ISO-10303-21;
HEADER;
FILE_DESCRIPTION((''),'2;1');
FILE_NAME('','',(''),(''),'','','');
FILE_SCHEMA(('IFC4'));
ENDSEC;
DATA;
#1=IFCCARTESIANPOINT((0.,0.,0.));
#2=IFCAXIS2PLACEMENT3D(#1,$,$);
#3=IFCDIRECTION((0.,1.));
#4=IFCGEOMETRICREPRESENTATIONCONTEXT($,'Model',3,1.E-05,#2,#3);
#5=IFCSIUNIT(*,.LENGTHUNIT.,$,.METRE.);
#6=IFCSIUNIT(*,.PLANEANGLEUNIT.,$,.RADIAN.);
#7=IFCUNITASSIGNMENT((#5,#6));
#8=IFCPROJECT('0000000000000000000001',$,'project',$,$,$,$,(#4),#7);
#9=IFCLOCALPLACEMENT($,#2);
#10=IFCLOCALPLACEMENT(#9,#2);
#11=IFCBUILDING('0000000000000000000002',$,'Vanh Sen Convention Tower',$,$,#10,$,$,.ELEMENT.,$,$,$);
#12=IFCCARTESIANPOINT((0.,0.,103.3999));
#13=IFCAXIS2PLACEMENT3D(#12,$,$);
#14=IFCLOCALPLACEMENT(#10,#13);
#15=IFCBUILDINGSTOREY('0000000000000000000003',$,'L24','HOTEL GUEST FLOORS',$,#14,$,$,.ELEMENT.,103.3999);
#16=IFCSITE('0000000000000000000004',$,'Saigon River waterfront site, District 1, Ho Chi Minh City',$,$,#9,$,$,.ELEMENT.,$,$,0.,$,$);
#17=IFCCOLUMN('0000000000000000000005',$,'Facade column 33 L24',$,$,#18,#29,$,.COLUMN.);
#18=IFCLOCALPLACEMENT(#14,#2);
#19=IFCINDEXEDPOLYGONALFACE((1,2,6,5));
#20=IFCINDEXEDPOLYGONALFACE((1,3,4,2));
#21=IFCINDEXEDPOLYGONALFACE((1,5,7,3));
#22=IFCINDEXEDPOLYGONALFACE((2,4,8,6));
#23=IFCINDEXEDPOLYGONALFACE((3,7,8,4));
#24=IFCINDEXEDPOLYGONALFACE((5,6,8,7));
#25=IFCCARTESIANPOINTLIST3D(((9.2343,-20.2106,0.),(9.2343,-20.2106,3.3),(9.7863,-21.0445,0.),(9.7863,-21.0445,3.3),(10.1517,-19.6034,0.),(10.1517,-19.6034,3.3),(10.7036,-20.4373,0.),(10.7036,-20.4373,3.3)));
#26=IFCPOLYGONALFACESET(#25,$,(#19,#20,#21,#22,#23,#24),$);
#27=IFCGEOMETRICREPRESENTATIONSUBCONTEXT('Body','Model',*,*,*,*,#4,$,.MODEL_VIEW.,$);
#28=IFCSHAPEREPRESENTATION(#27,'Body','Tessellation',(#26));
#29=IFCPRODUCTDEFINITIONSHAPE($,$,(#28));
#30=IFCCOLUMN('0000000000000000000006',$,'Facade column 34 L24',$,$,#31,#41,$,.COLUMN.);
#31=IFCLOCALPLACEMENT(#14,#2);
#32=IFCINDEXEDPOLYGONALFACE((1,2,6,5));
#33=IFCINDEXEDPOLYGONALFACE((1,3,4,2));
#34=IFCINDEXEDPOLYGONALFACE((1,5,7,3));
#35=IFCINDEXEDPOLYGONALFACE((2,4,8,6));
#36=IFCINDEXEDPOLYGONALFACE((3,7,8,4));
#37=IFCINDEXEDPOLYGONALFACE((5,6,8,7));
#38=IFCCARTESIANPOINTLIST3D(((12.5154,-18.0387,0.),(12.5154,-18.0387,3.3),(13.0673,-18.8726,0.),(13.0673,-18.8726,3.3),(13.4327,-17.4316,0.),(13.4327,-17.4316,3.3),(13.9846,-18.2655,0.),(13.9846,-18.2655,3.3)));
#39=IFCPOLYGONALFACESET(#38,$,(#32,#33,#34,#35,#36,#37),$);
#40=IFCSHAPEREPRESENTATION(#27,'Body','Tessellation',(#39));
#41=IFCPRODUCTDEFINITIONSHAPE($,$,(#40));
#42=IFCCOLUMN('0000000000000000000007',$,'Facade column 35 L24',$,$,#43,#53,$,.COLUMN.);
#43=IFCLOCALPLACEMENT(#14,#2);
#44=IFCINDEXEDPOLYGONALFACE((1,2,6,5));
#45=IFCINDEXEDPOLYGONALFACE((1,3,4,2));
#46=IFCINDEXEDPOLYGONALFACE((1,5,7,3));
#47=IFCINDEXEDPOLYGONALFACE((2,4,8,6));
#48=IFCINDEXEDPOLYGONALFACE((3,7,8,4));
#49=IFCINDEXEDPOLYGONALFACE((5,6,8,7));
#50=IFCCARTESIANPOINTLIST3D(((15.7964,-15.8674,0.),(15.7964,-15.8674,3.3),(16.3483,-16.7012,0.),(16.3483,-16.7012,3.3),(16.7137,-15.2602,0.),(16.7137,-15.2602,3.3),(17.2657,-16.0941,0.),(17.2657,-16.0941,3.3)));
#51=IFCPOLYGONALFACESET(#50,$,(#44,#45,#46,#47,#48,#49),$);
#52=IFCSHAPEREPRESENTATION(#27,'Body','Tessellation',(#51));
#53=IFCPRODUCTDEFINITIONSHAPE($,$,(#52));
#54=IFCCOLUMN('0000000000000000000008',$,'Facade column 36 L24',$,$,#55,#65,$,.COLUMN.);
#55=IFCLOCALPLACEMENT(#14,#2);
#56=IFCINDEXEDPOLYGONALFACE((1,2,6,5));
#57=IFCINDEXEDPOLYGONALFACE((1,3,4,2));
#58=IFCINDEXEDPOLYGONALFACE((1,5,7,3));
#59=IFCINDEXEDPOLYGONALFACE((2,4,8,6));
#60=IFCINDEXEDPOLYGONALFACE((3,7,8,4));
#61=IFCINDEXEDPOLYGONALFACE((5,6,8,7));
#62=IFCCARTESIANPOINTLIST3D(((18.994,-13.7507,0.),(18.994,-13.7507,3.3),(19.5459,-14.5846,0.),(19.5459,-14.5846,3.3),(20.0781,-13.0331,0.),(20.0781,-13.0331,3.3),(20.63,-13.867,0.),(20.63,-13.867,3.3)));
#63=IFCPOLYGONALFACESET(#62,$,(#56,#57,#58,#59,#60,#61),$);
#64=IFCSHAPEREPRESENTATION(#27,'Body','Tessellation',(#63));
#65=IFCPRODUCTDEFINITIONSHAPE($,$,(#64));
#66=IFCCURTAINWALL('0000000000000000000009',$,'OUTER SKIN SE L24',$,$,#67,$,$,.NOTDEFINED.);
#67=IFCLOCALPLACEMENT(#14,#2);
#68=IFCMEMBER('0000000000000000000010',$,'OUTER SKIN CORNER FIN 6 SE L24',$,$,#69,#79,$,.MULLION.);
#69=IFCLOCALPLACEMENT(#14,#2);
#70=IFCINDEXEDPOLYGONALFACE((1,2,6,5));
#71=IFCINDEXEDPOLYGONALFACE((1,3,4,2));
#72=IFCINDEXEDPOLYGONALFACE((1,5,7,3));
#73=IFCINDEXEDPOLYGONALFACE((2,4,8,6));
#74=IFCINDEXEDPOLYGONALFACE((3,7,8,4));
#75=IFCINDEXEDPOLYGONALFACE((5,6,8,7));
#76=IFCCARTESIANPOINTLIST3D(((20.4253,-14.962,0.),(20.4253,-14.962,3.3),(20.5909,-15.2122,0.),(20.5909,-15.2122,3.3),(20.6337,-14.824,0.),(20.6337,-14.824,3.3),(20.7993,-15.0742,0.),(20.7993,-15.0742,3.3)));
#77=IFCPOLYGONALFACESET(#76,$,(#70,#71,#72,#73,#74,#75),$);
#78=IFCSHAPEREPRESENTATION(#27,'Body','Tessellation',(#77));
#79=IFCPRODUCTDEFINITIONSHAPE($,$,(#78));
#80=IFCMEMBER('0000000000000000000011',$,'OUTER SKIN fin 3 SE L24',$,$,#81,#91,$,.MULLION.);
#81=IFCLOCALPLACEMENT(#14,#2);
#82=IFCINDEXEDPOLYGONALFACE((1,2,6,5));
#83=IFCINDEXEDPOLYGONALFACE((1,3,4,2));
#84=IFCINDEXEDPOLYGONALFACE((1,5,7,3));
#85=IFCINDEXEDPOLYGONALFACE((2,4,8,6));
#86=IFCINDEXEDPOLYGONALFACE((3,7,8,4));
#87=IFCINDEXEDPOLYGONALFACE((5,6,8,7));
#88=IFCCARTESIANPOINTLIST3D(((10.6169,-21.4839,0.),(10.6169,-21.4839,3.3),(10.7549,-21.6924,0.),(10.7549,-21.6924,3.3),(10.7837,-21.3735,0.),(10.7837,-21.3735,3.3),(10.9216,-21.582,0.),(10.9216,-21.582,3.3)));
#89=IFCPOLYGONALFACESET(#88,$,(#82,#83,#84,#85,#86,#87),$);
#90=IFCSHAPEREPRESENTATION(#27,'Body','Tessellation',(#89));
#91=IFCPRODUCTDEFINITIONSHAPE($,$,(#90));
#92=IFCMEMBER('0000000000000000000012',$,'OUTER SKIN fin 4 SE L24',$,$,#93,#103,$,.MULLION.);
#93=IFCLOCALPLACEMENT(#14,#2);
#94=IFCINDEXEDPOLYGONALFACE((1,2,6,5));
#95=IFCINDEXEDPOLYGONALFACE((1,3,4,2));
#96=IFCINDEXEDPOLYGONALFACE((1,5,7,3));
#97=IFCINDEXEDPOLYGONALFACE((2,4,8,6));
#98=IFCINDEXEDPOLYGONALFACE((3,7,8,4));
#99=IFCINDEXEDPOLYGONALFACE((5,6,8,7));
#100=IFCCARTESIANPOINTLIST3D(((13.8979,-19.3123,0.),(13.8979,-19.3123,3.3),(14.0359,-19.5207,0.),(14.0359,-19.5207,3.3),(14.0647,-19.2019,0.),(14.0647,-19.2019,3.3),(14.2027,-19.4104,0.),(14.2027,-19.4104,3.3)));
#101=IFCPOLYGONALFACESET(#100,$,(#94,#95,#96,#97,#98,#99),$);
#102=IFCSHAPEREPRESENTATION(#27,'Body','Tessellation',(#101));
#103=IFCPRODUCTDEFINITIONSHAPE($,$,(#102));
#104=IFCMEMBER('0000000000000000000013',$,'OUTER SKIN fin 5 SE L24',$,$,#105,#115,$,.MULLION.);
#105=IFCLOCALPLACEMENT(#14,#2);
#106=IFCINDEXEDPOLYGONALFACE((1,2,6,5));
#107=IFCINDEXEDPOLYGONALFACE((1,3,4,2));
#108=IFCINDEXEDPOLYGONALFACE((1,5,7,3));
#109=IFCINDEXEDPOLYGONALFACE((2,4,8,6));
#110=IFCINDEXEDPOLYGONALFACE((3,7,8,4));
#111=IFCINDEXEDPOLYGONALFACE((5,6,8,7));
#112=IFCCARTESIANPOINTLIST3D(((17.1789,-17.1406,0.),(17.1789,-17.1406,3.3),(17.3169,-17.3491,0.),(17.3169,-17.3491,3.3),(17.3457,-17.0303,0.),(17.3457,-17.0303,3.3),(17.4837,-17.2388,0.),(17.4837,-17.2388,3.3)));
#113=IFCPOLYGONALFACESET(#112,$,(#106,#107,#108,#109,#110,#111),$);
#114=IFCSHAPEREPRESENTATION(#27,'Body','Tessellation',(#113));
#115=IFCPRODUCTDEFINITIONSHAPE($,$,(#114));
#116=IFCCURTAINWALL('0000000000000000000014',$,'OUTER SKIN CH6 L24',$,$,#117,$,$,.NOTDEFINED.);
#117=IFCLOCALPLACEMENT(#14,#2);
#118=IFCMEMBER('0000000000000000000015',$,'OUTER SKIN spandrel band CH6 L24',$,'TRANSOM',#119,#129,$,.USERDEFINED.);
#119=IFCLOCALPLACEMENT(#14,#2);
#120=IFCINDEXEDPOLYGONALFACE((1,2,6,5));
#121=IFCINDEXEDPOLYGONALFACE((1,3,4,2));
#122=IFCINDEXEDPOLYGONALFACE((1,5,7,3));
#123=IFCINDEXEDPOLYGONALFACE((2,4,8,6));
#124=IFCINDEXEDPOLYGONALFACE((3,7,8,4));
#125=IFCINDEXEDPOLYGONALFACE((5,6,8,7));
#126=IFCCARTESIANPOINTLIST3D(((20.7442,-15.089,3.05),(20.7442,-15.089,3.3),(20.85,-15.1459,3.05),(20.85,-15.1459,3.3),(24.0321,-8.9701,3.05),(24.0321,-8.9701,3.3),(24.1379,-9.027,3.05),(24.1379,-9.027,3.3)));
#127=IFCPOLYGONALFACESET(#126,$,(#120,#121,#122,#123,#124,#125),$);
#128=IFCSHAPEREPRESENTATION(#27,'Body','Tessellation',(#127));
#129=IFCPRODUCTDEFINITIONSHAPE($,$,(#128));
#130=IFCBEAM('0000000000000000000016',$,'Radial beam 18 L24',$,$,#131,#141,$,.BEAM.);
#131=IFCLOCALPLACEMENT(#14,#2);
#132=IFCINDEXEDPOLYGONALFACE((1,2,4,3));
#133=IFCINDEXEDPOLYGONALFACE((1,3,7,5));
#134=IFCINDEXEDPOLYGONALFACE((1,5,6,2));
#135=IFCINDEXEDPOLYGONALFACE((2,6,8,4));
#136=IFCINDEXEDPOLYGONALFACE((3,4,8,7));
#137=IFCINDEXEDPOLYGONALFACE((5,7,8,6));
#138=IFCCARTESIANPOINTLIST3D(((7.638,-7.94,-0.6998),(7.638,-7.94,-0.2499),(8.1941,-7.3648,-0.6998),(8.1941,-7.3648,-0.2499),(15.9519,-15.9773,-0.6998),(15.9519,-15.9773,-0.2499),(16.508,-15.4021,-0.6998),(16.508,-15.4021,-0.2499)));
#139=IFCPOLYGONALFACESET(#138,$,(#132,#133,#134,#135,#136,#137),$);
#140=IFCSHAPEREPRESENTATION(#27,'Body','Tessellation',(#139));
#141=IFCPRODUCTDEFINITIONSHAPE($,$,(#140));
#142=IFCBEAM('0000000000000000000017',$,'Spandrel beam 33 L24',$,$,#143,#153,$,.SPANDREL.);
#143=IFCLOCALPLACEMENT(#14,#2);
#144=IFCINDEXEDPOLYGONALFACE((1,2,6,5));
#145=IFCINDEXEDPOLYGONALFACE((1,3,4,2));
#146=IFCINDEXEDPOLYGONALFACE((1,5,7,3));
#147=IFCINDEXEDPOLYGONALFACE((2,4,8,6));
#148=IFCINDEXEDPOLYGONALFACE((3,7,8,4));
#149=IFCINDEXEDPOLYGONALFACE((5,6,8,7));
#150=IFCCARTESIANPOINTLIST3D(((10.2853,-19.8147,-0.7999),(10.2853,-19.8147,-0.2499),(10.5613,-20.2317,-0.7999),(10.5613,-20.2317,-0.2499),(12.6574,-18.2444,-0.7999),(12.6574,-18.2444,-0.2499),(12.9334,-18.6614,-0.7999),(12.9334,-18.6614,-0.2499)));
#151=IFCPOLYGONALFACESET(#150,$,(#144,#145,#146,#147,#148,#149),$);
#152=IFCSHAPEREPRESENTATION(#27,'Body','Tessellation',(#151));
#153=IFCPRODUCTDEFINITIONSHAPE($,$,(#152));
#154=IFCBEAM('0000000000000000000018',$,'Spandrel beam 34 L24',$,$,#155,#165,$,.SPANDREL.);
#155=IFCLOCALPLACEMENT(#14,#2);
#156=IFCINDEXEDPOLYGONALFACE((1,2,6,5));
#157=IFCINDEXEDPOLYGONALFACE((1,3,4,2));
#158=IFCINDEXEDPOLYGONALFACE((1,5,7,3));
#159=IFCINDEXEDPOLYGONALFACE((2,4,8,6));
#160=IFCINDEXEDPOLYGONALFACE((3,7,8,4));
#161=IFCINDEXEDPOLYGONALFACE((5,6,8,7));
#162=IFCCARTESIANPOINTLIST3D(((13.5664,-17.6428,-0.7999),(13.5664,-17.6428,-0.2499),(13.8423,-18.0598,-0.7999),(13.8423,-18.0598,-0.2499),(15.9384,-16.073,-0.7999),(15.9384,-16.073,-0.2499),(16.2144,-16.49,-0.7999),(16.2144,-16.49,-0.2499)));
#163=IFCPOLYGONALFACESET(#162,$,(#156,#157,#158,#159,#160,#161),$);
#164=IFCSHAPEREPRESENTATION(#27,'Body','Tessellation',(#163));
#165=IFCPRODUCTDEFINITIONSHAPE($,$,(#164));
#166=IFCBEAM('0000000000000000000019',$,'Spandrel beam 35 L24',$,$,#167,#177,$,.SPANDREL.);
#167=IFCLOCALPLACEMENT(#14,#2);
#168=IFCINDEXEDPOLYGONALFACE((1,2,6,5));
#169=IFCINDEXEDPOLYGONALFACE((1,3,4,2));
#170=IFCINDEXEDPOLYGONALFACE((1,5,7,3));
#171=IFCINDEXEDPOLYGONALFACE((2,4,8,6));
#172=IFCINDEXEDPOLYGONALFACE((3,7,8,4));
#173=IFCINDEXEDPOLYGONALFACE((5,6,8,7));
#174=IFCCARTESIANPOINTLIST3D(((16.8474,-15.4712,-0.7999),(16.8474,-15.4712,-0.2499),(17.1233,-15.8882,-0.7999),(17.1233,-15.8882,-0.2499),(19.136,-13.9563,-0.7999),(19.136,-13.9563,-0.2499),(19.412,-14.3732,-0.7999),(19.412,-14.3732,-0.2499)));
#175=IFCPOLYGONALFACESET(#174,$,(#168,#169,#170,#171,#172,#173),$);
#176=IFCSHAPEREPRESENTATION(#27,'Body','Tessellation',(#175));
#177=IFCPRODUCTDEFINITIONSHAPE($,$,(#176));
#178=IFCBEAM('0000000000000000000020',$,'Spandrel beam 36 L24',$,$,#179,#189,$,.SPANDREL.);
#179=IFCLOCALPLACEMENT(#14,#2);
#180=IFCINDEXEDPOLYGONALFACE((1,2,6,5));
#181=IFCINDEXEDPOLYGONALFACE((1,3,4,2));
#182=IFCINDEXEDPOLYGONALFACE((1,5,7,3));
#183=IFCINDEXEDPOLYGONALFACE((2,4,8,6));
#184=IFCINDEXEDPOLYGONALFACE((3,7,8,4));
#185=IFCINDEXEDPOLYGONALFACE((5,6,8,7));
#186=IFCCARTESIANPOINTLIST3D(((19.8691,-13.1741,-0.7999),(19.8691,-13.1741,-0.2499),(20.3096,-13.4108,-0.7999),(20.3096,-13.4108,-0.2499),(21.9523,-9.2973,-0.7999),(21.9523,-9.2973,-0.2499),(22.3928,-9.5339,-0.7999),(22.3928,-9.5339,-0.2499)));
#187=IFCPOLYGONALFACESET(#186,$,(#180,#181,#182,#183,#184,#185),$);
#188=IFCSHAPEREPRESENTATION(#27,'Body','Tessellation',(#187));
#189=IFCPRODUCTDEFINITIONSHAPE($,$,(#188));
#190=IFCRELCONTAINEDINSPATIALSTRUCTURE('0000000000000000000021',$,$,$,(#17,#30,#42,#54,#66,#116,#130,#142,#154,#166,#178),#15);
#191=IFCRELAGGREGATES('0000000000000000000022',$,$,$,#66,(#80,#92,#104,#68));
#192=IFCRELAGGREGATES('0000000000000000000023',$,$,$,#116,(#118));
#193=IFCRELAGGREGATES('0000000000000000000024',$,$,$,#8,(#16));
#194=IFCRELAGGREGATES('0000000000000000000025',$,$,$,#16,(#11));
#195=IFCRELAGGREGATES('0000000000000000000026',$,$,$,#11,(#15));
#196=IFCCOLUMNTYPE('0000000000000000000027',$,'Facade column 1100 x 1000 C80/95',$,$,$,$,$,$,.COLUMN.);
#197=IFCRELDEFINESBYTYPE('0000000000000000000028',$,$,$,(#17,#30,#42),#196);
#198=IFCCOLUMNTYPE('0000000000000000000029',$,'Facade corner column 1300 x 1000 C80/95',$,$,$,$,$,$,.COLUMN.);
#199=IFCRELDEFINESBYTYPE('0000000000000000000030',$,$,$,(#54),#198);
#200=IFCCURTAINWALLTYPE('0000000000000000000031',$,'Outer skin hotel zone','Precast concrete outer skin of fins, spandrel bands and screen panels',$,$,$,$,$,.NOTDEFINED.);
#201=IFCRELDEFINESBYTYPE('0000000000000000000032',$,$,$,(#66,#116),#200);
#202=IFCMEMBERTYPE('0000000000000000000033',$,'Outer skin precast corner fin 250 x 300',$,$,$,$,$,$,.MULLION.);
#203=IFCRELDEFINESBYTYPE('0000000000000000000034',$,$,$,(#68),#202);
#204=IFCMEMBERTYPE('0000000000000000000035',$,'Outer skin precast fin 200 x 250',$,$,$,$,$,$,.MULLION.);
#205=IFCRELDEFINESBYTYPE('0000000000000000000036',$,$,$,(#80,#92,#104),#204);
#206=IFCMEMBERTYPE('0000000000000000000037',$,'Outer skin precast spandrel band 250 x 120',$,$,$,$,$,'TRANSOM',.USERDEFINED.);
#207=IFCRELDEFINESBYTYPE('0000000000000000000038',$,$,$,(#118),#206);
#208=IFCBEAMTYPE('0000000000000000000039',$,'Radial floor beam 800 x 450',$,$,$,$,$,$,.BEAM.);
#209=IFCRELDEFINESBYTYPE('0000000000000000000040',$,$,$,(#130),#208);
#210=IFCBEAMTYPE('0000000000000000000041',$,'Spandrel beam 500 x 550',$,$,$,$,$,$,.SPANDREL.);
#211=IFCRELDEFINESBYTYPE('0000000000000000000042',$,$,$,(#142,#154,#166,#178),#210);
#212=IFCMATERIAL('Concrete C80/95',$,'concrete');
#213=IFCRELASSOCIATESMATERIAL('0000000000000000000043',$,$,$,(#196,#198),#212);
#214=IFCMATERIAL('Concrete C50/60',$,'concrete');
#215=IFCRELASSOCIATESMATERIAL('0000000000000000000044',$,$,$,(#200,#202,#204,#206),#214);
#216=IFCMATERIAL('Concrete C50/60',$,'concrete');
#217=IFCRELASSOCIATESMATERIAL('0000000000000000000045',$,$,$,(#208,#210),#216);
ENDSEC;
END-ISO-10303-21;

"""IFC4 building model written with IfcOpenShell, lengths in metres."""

from ifc_helpers import new_model, si_unit, direction, frame, origin, origin_2d, place, context, subcontext, project, spatial, rectangle, extrude, material, material_profile, profile_set, type_object, element, aggregate, save


model = new_model("IFC4")

# Units and contexts
model_context = context("Model", 3, precision=1e-05, world=origin(), true_north=direction((0.0, 1.0)))
body_context = subcontext(model_context, "Body", "Model", "MODEL_VIEW")
ifc_project = project(units=[si_unit("LENGTHUNIT", "METRE"), si_unit("PLANEANGLEUNIT", "RADIAN")], contexts=[model_context])

# Site, building, storey
site_placement = place(None, origin())
site = spatial("IfcSite", under=ifc_project, at=site_placement, Name="Saigon River waterfront site, District 1, Ho Chi Minh City", CompositionType="ELEMENT", RefElevation=0.0)
building_placement = place(site_placement, origin())
building = spatial("IfcBuilding", under=site, at=building_placement, Name="Vanh Sen Convention Tower", CompositionType="ELEMENT")
storey_placement = place(building_placement, frame((0.0, 0.0, 103.3999)))
storey = spatial("IfcBuildingStorey", under=building, at=storey_placement, Name="L24", Description="HOTEL GUEST FLOORS", CompositionType="ELEMENT", Elevation=103.3999)

# Columns
ifc_material_1 = material(Name="Concrete C80/95", Category="concrete")
ifc_material_profile_1 = material_profile(ifc_material_1, rectangle(XDim=1.1001, YDim=1.0, at=origin_2d()), Name="RC 1100X1000")
ifc_profile_set_1 = profile_set([ifc_material_profile_1], Name="Concrete C80/95")
column_type_1 = type_object("IfcColumnType", Name="Facade column 1100 x 1000 C80/95", PredefinedType="COLUMN", material=ifc_profile_set_1)
for number, where, z_axis, x_axis, name in (
    (1, (9.969, -20.324, 0.0), (0.0, 0.0, 1.0), (0.833886, 0.551937, 0.0), "Facade column 33 L24"),
    (2, (13.25, -18.1521, 0.0), (0.0, 0.0, 1.0), (0.833886, 0.551937, 0.0), "Facade column 34 L24"),
    (3, (16.531, -15.9807, 0.0), (0.0, 0.0, 1.0), (0.833886, 0.551937, 0.0), "Facade column 35 L24"),
):
    element("IfcColumn", number, at=place(storey_placement, frame(where, z_axis=z_axis, x_axis=x_axis)), inside=storey, type_object=column_type_1, Name=name, PredefinedType="COLUMN", context=body_context, shape_type="SweptSolid", body=[
        extrude(rectangle(XDim=1.1001, YDim=1.0, at=origin_2d()), origin(), (0.0, 0.0, 1.0), 3.3),
    ])
ifc_material_profile_2 = material_profile(ifc_material_1, rectangle(XDim=1.3, YDim=1.0, at=origin_2d()), Name="RC 1300X1000")
ifc_profile_set_2 = profile_set([ifc_material_profile_2], Name="Concrete C80/95")
column_type_2 = type_object("IfcColumnType", Name="Facade corner column 1300 x 1000 C80/95", PredefinedType="COLUMN", material=ifc_profile_set_2)
column_placement = place(storey_placement, frame((19.812, -13.8088, 0.0), z_axis=(0.0, 0.0, 1.0), x_axis=(0.833886, 0.551937, 0.0)))
element("IfcColumn", 4, at=column_placement, inside=storey, type_object=column_type_2, Name="Facade column 36 L24", PredefinedType="COLUMN", context=body_context, shape_type="SweptSolid", body=[
    extrude(rectangle(XDim=1.3, YDim=1.0, at=origin_2d()), origin(), (0.0, 0.0, 1.0), 3.3),
])

# Curtain wall, members
ifc_material_2 = material(Name="Concrete C50/60", Category="concrete")
curtain_wall_type = type_object("IfcCurtainWallType", Name="Outer skin hotel zone", Description="Precast concrete outer skin of fins, spandrel bands and screen panels", PredefinedType="NOTDEFINED", material=ifc_material_2)
curtain_wall_1_placement = place(storey_placement, origin())
curtain_wall_1 = element("IfcCurtainWall", 5, at=curtain_wall_1_placement, inside=storey, type_object=curtain_wall_type, Name="OUTER SKIN SE L24", PredefinedType="NOTDEFINED")
ifc_material_profile_3 = material_profile(ifc_material_2, rectangle(XDim=0.25, YDim=0.3, at=origin_2d()), Name="Outer skin precast corner fin 250 x 300")
ifc_profile_set_3 = profile_set([ifc_material_profile_3], Name="Concrete C50/60")
member_type_1 = type_object("IfcMemberType", Name="Outer skin precast corner fin 250 x 300", PredefinedType="MULLION", material=ifc_profile_set_3)
member_1_placement = place(storey_placement, frame((20.6123, -15.0181, 0.0), z_axis=(0.0, 0.0, 1.0), x_axis=(0.833886, 0.551937, 0.0)))
member_1 = element("IfcMember", 6, at=member_1_placement, type_object=member_type_1, Name="OUTER SKIN CORNER FIN 6 SE L24", PredefinedType="MULLION", context=body_context, shape_type="SweptSolid", body=[
    extrude(rectangle(XDim=0.25, YDim=0.3, at=origin_2d()), origin(), (0.0, 0.0, 1.0), 3.3),
])
ifc_material_profile_4 = material_profile(ifc_material_2, rectangle(XDim=0.2, YDim=0.25, at=origin_2d()), Name="Outer skin precast fin 200 x 250")
ifc_profile_set_4 = profile_set([ifc_material_profile_4], Name="Concrete C50/60")
member_type_2 = type_object("IfcMemberType", Name="Outer skin precast fin 200 x 250", PredefinedType="MULLION", material=ifc_profile_set_4)
member_2_placement = place(storey_placement, frame((10.7693, -21.533, 0.0), z_axis=(0.0, 0.0, 1.0), x_axis=(0.833886, 0.551937, 0.0)))
member_2 = element("IfcMember", 7, at=member_2_placement, type_object=member_type_2, Name="OUTER SKIN fin 3 SE L24", PredefinedType="MULLION", context=body_context, shape_type="SweptSolid", body=[
    extrude(rectangle(XDim=0.2, YDim=0.25, at=origin_2d()), origin(), (0.0, 0.0, 1.0), 3.3),
])
member_3_placement = place(storey_placement, frame((14.0503, -19.3613, 0.0), z_axis=(0.0, 0.0, 1.0), x_axis=(0.833886, 0.551937, 0.0)))
member_3 = element("IfcMember", 8, at=member_3_placement, type_object=member_type_2, Name="OUTER SKIN fin 4 SE L24", PredefinedType="MULLION", context=body_context, shape_type="SweptSolid", body=[
    extrude(rectangle(XDim=0.2, YDim=0.25, at=origin_2d()), origin(), (0.0, 0.0, 1.0), 3.3),
])
member_4_placement = place(storey_placement, frame((17.3313, -17.1897, 0.0), z_axis=(0.0, 0.0, 1.0), x_axis=(0.833886, 0.551937, 0.0)))
member_4 = element("IfcMember", 9, at=member_4_placement, type_object=member_type_2, Name="OUTER SKIN fin 5 SE L24", PredefinedType="MULLION", context=body_context, shape_type="SweptSolid", body=[
    extrude(rectangle(XDim=0.2, YDim=0.25, at=origin_2d()), origin(), (0.0, 0.0, 1.0), 3.3),
])

# Curtain wall, member
curtain_wall_2_placement = place(storey_placement, origin())
curtain_wall_2 = element("IfcCurtainWall", 10, at=curtain_wall_2_placement, inside=storey, type_object=curtain_wall_type, Name="OUTER SKIN CH6 L24", PredefinedType="NOTDEFINED")
ifc_material_profile_5 = material_profile(ifc_material_2, rectangle(XDim=0.1201, YDim=0.25, at=origin_2d()), Name="Outer skin precast spandrel band 250 x 120")
ifc_profile_set_5 = profile_set([ifc_material_profile_5], Name="Concrete C50/60")
member_type_3 = type_object("IfcMemberType", Name="Outer skin precast spandrel band 250 x 120", ElementType="TRANSOM", PredefinedType="USERDEFINED", material=ifc_profile_set_5)
member_5_placement = place(storey_placement, frame((20.7971, -15.1174, 3.175), z_axis=(0.473324, 0.880888, 0.0), x_axis=(-0.880888, 0.473324, 0.0)))
member_5 = element("IfcMember", 11, at=member_5_placement, type_object=member_type_3, Name="OUTER SKIN spandrel band CH6 L24", ObjectType="TRANSOM", PredefinedType="USERDEFINED", context=body_context, shape_type="SweptSolid", body=[
    extrude(rectangle(XDim=0.1201, YDim=0.25, at=origin_2d()), origin(), (0.0, 0.0, 1.0), 6.9463),
])

# Beams
ifc_material_3 = material(Name="Concrete C50/60", Category="concrete")
ifc_material_profile_6 = material_profile(ifc_material_3, rectangle(XDim=0.8, YDim=0.45, at=origin_2d()), Name="RC 800X450")
ifc_profile_set_6 = profile_set([ifc_material_profile_6], Name="Concrete C50/60")
beam_type_1 = type_object("IfcBeamType", Name="Radial floor beam 800 x 450", PredefinedType="BEAM", material=ifc_profile_set_6)
beam_1_placement = place(storey_placement, frame((16.23, -15.6897, -0.4749), z_axis=(-0.718966, 0.695045, 0.0), x_axis=(-0.695045, -0.718966, 0.0)))
element("IfcBeam", 12, at=beam_1_placement, inside=storey, type_object=beam_type_1, Name="Radial beam 18 L24", PredefinedType="BEAM", context=body_context, shape_type="SweptSolid", body=[
    extrude(rectangle(XDim=0.8, YDim=0.45, at=origin_2d()), origin(), (0.0, 0.0, 1.0), 11.5637),
])
ifc_material_profile_7 = material_profile(ifc_material_3, rectangle(XDim=0.5, YDim=0.55, at=origin_2d()), Name="RC 500X550")
ifc_profile_set_7 = profile_set([ifc_material_profile_7], Name="Concrete C50/60")
beam_type_2 = type_object("IfcBeamType", Name="Spandrel beam 500 x 550", PredefinedType="SPANDREL", material=ifc_profile_set_7)
beam_2_placement = place(storey_placement, frame((10.4233, -20.0232, -0.5249), z_axis=(0.833842, 0.552004, 0.0), x_axis=(-0.552004, 0.833842, 0.0)))
element("IfcBeam", 13, at=beam_2_placement, inside=storey, type_object=beam_type_2, Name="Spandrel beam 33 L24", PredefinedType="SPANDREL", context=body_context, shape_type="SweptSolid", body=[
    extrude(rectangle(XDim=0.5, YDim=0.55, at=origin_2d()), origin(), (0.0, 0.0, 1.0), 2.8447),
])
beam_3_placement = place(storey_placement, frame((13.7043, -17.8513, -0.5249), z_axis=(0.833921, 0.551884, 0.0), x_axis=(-0.551884, 0.833921, 0.0)))
element("IfcBeam", 14, at=beam_3_placement, inside=storey, type_object=beam_type_2, Name="Spandrel beam 34 L24", PredefinedType="SPANDREL", context=body_context, shape_type="SweptSolid", body=[
    extrude(rectangle(XDim=0.5, YDim=0.55, at=origin_2d()), origin(), (0.0, 0.0, 1.0), 2.8445),
])
beam_4_placement = place(storey_placement, frame((16.9854, -15.6797, -0.5249), z_axis=(0.833866, 0.551967, 0.0), x_axis=(-0.551967, 0.833866, 0.0)))
element("IfcBeam", 15, at=beam_4_placement, inside=storey, type_object=beam_type_2, Name="Spandrel beam 35 L24", PredefinedType="SPANDREL", context=body_context, shape_type="SweptSolid", body=[
    extrude(rectangle(XDim=0.5, YDim=0.55, at=origin_2d()), origin(), (0.0, 0.0, 1.0), 2.7446),
])
beam_5_placement = place(storey_placement, frame((20.0894, -13.2925, -0.5249), z_axis=(0.473336, 0.880882, 0.0), x_axis=(-0.880882, 0.473336, 0.0)))
element("IfcBeam", 16, at=beam_5_placement, inside=storey, type_object=beam_type_2, Name="Spandrel beam 36 L24", PredefinedType="SPANDREL", context=body_context, shape_type="SweptSolid", body=[
    extrude(rectangle(XDim=0.5, YDim=0.55, at=origin_2d()), origin(), (0.0, 0.0, 1.0), 4.4011),
])

aggregate(curtain_wall_1, [member_2, member_3, member_4, member_1])
aggregate(curtain_wall_2, [member_5])

save(model, "model.ifc")
